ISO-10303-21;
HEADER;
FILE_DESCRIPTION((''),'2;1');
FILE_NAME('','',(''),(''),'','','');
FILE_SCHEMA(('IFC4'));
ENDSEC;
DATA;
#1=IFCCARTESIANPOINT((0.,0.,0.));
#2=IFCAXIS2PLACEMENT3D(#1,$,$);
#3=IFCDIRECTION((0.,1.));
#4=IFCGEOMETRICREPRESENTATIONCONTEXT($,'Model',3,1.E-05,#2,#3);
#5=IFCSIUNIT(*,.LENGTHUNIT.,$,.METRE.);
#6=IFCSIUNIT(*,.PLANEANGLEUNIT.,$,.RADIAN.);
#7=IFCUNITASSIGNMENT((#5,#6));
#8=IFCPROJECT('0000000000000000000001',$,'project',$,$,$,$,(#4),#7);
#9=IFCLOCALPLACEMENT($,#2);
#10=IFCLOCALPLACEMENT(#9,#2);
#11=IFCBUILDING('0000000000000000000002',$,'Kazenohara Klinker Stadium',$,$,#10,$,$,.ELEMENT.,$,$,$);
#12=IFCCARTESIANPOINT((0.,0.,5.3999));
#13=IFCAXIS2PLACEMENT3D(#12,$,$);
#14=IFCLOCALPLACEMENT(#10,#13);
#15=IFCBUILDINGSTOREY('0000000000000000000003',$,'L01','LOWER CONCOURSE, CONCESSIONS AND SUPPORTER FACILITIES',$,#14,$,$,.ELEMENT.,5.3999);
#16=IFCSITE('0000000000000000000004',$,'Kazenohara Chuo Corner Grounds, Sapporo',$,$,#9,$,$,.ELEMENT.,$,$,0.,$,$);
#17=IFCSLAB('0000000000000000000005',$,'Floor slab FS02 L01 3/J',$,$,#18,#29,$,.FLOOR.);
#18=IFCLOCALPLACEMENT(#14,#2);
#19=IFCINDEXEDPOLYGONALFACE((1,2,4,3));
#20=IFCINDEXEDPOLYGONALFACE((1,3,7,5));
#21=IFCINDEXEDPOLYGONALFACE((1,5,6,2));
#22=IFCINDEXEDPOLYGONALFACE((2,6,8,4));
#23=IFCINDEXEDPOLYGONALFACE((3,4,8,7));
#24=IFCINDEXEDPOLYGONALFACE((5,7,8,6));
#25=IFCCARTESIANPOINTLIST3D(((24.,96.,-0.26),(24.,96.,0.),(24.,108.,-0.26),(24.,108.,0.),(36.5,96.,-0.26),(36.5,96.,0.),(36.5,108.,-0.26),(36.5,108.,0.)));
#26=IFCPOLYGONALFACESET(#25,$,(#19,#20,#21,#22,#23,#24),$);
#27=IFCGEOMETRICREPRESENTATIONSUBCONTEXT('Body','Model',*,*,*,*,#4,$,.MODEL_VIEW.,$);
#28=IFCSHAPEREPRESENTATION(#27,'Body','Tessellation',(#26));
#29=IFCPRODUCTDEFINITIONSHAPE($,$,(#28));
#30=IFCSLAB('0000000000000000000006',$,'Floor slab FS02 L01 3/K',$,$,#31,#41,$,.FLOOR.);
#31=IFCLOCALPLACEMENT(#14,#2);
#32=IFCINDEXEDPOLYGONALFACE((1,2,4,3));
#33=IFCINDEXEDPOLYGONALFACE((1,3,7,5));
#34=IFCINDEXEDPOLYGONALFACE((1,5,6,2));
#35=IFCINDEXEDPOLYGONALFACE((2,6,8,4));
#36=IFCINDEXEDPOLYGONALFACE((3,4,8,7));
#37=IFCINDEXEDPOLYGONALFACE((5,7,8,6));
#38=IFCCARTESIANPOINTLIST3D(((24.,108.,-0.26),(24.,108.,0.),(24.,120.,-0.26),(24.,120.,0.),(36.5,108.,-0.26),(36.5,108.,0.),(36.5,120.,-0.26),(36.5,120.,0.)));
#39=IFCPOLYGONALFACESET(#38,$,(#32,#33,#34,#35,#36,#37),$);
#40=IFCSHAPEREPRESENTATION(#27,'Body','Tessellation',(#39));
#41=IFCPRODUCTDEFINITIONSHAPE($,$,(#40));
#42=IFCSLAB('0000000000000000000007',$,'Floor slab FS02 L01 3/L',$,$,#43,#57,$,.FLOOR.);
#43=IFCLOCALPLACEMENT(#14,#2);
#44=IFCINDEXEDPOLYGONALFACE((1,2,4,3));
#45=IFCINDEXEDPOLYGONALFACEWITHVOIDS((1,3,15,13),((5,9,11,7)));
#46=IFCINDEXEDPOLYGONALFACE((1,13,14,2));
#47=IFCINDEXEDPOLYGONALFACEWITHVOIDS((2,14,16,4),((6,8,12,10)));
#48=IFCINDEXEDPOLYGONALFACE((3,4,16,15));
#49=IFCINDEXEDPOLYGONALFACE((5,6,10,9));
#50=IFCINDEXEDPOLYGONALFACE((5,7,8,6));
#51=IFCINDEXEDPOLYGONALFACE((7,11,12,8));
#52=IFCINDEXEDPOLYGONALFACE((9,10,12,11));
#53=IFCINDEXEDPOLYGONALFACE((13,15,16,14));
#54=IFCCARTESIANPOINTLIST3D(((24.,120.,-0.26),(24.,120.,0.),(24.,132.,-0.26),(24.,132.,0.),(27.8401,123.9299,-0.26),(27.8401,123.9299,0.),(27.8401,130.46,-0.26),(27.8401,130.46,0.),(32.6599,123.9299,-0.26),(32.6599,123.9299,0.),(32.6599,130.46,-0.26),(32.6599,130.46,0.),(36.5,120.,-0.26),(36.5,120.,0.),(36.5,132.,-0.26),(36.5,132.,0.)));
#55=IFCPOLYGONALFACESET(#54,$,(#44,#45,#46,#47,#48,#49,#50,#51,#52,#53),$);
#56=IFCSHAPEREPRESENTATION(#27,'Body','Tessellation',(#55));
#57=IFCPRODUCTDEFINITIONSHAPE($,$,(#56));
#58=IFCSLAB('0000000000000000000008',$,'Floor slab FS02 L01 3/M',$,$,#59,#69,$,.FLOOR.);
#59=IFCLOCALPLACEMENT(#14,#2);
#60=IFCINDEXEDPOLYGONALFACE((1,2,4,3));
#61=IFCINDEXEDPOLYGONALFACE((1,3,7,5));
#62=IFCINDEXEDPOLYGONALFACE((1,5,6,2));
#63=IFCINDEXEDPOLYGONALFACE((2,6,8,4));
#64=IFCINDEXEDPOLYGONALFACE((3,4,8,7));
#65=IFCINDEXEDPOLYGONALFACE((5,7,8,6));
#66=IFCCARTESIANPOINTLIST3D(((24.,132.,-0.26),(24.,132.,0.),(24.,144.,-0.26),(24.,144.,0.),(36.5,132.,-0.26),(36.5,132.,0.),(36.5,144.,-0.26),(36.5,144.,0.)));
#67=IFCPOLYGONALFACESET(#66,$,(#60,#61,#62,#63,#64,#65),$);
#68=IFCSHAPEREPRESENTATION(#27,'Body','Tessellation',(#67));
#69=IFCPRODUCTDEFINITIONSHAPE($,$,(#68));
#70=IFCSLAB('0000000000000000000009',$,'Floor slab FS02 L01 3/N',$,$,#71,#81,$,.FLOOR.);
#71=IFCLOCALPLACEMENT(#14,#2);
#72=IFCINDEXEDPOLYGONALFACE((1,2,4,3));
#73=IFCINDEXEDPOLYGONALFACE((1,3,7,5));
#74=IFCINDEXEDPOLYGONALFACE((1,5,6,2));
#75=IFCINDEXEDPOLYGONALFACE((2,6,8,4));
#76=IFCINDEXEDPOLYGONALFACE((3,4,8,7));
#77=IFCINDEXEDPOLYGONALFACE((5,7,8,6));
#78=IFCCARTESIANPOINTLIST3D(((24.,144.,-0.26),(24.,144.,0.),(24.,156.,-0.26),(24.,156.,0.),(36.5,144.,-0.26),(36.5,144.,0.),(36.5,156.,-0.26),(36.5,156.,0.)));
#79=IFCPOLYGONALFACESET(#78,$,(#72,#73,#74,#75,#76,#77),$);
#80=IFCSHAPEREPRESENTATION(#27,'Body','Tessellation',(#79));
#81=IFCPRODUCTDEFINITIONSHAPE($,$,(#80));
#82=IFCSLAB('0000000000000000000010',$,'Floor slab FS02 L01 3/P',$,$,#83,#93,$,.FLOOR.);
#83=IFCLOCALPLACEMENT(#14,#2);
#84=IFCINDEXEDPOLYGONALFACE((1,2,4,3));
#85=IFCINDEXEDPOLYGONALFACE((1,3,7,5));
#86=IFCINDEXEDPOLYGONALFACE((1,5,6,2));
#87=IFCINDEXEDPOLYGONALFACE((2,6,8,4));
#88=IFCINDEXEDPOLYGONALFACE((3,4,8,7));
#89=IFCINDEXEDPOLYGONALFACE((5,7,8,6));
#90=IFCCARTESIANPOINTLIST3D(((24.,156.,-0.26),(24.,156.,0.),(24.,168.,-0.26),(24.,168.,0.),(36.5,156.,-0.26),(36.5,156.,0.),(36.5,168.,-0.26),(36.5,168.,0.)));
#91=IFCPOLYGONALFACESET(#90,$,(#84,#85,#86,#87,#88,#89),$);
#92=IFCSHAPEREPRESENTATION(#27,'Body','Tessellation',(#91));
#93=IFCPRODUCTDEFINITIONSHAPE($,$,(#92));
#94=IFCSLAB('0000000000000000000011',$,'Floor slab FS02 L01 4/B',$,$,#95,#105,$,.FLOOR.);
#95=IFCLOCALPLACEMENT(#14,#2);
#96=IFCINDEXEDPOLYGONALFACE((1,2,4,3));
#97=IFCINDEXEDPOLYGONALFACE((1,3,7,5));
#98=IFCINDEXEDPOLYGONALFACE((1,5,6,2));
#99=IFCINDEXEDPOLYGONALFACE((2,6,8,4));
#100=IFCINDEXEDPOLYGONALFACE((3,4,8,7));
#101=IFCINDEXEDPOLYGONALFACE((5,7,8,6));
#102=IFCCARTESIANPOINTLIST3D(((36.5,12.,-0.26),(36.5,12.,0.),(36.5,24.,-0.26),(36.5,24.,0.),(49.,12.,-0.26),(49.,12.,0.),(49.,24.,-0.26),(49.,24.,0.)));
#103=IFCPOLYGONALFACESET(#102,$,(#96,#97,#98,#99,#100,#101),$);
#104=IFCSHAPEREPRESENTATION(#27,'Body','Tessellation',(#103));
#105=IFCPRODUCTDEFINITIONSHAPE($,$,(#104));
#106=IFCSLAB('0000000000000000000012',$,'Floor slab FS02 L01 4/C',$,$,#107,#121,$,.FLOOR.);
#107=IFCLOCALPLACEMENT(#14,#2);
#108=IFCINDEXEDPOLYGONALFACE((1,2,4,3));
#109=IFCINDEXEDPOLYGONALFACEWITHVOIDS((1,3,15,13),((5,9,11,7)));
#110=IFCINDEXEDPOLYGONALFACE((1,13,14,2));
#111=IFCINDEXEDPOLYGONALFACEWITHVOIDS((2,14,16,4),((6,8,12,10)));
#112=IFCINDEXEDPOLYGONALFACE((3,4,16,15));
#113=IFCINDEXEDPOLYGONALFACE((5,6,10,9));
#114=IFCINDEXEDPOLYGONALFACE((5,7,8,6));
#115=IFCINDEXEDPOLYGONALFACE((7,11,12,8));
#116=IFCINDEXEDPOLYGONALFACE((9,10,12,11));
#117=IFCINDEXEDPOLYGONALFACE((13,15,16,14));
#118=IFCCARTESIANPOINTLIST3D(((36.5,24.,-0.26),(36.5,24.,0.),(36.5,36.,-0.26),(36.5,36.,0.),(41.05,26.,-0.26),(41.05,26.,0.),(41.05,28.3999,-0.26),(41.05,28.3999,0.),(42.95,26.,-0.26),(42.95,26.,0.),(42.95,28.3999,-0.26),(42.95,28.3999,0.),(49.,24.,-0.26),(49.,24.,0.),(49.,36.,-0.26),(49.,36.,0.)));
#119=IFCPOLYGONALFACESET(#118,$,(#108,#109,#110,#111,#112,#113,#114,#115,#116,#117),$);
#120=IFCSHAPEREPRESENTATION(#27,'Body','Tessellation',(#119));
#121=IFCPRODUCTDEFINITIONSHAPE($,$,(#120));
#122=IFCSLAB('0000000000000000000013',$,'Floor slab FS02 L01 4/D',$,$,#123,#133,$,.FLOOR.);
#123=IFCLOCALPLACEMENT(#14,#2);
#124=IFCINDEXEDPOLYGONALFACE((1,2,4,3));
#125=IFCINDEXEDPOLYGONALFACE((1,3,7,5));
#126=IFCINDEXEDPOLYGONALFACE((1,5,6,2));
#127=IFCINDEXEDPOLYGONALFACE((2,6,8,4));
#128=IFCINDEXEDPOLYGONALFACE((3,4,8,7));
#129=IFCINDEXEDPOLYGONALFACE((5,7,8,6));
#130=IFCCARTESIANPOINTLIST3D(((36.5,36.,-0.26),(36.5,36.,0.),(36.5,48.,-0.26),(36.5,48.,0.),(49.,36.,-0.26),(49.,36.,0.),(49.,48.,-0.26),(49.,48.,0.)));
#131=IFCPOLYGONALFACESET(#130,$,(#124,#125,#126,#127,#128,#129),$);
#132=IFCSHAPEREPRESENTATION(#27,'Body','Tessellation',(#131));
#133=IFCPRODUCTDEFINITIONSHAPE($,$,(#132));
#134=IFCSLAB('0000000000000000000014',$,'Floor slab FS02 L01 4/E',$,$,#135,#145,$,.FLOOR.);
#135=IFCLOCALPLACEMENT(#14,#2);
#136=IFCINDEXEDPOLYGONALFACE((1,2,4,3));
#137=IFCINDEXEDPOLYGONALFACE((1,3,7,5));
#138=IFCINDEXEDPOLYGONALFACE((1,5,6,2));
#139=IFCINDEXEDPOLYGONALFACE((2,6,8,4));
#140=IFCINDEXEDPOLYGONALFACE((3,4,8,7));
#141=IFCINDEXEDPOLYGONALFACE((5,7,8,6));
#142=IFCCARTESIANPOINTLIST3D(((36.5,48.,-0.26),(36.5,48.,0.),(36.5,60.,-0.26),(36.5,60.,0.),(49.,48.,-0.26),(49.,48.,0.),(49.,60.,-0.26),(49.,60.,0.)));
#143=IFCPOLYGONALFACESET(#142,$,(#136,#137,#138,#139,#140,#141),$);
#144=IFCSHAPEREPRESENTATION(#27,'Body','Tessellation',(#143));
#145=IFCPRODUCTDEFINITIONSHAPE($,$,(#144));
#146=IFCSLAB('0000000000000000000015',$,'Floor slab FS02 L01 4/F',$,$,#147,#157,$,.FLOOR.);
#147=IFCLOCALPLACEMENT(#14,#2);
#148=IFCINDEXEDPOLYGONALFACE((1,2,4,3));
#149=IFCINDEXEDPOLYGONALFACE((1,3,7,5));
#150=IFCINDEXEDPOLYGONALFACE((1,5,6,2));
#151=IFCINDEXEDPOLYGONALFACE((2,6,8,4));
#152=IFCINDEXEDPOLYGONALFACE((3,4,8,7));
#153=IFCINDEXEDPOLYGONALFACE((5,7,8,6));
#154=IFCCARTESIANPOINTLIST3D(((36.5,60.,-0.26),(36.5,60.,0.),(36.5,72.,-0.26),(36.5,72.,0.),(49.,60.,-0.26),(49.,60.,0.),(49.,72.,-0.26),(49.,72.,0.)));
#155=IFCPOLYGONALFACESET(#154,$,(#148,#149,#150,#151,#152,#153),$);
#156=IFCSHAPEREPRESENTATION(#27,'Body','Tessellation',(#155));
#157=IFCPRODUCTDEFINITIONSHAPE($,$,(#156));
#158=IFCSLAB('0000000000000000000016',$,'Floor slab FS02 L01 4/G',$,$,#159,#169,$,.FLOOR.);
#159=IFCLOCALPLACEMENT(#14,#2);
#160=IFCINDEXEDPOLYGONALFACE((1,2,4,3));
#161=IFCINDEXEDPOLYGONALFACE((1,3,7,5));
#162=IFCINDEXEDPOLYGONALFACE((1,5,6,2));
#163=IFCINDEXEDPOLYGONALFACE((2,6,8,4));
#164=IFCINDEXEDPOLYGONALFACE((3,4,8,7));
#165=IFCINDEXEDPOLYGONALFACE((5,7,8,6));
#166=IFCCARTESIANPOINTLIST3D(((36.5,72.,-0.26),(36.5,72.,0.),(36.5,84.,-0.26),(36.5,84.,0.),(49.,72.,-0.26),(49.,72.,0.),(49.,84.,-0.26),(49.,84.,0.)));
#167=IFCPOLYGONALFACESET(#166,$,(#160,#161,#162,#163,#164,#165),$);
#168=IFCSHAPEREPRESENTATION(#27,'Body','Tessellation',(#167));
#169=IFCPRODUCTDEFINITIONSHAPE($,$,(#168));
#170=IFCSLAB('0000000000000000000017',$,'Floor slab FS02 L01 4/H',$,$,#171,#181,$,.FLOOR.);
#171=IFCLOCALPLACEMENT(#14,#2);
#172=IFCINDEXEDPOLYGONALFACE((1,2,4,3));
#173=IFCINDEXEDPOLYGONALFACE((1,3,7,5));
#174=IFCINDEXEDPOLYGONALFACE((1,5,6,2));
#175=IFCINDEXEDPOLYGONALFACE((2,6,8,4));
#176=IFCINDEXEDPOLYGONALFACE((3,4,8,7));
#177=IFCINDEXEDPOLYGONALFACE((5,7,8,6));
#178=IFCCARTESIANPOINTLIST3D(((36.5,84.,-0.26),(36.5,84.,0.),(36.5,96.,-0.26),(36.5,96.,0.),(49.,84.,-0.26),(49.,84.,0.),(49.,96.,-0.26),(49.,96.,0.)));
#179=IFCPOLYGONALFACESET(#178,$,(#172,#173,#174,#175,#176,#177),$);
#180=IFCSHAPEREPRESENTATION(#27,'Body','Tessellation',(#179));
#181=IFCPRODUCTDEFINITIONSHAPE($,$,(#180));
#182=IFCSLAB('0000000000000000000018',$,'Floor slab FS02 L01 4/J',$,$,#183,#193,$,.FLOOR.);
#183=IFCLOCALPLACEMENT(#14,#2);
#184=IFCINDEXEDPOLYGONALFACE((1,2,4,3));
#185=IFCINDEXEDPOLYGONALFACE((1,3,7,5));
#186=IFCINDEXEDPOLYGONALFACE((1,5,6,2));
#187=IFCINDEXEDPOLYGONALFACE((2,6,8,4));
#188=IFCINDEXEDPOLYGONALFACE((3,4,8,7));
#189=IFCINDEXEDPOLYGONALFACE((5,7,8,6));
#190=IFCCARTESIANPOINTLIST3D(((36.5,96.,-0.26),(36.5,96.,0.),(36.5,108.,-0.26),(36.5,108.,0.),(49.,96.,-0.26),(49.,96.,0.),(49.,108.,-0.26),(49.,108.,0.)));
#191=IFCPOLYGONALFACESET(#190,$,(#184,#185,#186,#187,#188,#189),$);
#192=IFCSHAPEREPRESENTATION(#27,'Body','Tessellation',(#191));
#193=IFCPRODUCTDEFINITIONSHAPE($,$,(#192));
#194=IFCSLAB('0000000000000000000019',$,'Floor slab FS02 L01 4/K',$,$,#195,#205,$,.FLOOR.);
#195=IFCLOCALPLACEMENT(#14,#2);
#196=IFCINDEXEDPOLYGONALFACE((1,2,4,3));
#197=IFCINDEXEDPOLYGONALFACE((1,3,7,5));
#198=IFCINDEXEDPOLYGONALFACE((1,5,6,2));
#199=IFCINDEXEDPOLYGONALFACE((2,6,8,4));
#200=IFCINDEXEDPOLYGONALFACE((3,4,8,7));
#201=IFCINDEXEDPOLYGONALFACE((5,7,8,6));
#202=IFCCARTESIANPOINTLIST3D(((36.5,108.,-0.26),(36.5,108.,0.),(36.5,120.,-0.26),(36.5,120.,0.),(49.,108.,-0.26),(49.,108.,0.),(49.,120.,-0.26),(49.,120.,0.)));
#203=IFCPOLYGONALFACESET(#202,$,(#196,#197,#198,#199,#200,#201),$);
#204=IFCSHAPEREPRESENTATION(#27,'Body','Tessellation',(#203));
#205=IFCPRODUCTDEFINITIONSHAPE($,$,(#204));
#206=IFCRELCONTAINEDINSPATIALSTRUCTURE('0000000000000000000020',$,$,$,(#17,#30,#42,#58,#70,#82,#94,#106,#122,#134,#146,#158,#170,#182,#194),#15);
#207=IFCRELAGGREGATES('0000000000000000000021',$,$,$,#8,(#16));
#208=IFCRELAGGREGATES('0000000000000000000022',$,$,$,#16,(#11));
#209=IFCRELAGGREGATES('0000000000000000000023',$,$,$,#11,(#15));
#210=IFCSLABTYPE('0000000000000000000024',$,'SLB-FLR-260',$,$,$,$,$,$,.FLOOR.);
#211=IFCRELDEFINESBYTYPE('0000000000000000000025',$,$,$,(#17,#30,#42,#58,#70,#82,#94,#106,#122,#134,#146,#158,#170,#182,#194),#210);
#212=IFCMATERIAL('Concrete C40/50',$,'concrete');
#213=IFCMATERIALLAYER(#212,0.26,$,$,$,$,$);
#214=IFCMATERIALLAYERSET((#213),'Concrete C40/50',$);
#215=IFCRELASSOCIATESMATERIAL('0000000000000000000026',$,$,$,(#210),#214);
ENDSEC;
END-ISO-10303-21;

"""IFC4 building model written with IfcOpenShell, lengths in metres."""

from ifc_helpers import new_model, si_unit, direction, frame, origin, place, context, subcontext, project, spatial, polyline, outline, extrude, material, layer, layer_set, type_object, element, save


model = new_model("IFC4")

# Units and contexts
model_context = context("Model", 3, precision=1e-05, world=origin(), true_north=direction((0.0, 1.0)))
body_context = subcontext(model_context, "Body", "Model", "MODEL_VIEW")
ifc_project = project(units=[si_unit("LENGTHUNIT", "METRE"), si_unit("PLANEANGLEUNIT", "RADIAN")], contexts=[model_context])

# Site, building, storey
site_placement = place(None, origin())
site = spatial("IfcSite", under=ifc_project, at=site_placement, Name="Kazenohara Chuo Corner Grounds, Sapporo", CompositionType="ELEMENT", RefElevation=0.0)
building_placement = place(site_placement, origin())
building = spatial("IfcBuilding", under=site, at=building_placement, Name="Kazenohara Klinker Stadium", CompositionType="ELEMENT")
storey_placement = place(building_placement, frame((0.0, 0.0, 5.3999)))
storey = spatial("IfcBuildingStorey", under=building, at=storey_placement, Name="L01", Description="LOWER CONCOURSE, CONCESSIONS AND SUPPORTER FACILITIES", CompositionType="ELEMENT", Elevation=5.3999)

# Slabs
ifc_material = material(Name="Concrete C40/50", Category="concrete")
ifc_layer = layer(ifc_material, 0.26)
ifc_layer_set = layer_set([ifc_layer], Name="Concrete C40/50")
slab_type = type_object("IfcSlabType", Name="SLB-FLR-260", PredefinedType="FLOOR", material=ifc_layer_set)
slab_1_placement = place(storey_placement, frame((0.0, 0.0, -0.26)))
element("IfcSlab", 1, at=slab_1_placement, inside=storey, type_object=slab_type, Name="Floor slab FS02 L01 3/J", PredefinedType="FLOOR", context=body_context, shape_type="SweptSolid", body=[
    extrude(outline(polyline([(24.0, 96.0), (36.5, 96.0), (36.5, 108.0), (24.0, 108.0), (24.0, 96.0)])), origin(), (0.0, 0.0, 1.0), 0.26),
])
slab_2_placement = place(storey_placement, frame((0.0, 0.0, -0.26)))
element("IfcSlab", 2, at=slab_2_placement, inside=storey, type_object=slab_type, Name="Floor slab FS02 L01 3/K", PredefinedType="FLOOR", context=body_context, shape_type="SweptSolid", body=[
    extrude(outline(polyline([(24.0, 108.0), (36.5, 108.0), (36.5, 120.0), (24.0, 120.0), (24.0, 108.0)])), origin(), (0.0, 0.0, 1.0), 0.26),
])
slab_3_placement = place(storey_placement, frame((0.0, 0.0, -0.26)))
element("IfcSlab", 3, at=slab_3_placement, inside=storey, type_object=slab_type, Name="Floor slab FS02 L01 3/L", PredefinedType="FLOOR", context=body_context, shape_type="SweptSolid", body=[
    extrude(outline(polyline([(24.0, 120.0), (36.5, 120.0), (36.5, 132.0), (24.0, 132.0), (24.0, 120.0)]), holes=[polyline([(32.6599, 123.9299), (32.6599, 130.46), (27.8401, 130.46), (27.8401, 123.9299), (32.6599, 123.9299)])]), origin(), (0.0, 0.0, 1.0), 0.26),
])
slab_4_placement = place(storey_placement, frame((0.0, 0.0, -0.26)))
element("IfcSlab", 4, at=slab_4_placement, inside=storey, type_object=slab_type, Name="Floor slab FS02 L01 3/M", PredefinedType="FLOOR", context=body_context, shape_type="SweptSolid", body=[
    extrude(outline(polyline([(24.0, 132.0), (36.5, 132.0), (36.5, 144.0), (24.0, 144.0), (24.0, 132.0)])), origin(), (0.0, 0.0, 1.0), 0.26),
])
slab_5_placement = place(storey_placement, frame((0.0, 0.0, -0.26)))
element("IfcSlab", 5, at=slab_5_placement, inside=storey, type_object=slab_type, Name="Floor slab FS02 L01 3/N", PredefinedType="FLOOR", context=body_context, shape_type="SweptSolid", body=[
    extrude(outline(polyline([(24.0, 144.0), (36.5, 144.0), (36.5, 156.0), (24.0, 156.0), (24.0, 144.0)])), origin(), (0.0, 0.0, 1.0), 0.26),
])
slab_6_placement = place(storey_placement, frame((0.0, 0.0, -0.26)))
element("IfcSlab", 6, at=slab_6_placement, inside=storey, type_object=slab_type, Name="Floor slab FS02 L01 3/P", PredefinedType="FLOOR", context=body_context, shape_type="SweptSolid", body=[
    extrude(outline(polyline([(24.0, 156.0), (36.5, 156.0), (36.5, 168.0), (24.0, 168.0), (24.0, 156.0)])), origin(), (0.0, 0.0, 1.0), 0.26),
])
slab_7_placement = place(storey_placement, frame((0.0, 0.0, -0.26)))
element("IfcSlab", 7, at=slab_7_placement, inside=storey, type_object=slab_type, Name="Floor slab FS02 L01 4/B", PredefinedType="FLOOR", context=body_context, shape_type="SweptSolid", body=[
    extrude(outline(polyline([(36.5, 12.0), (49.0, 12.0), (49.0, 24.0), (36.5, 24.0), (36.5, 12.0)])), origin(), (0.0, 0.0, 1.0), 0.26),
])
slab_8_placement = place(storey_placement, frame((0.0, 0.0, -0.26)))
element("IfcSlab", 8, at=slab_8_placement, inside=storey, type_object=slab_type, Name="Floor slab FS02 L01 4/C", PredefinedType="FLOOR", context=body_context, shape_type="SweptSolid", body=[
    extrude(outline(polyline([(36.5, 24.0), (49.0, 24.0), (49.0, 36.0), (36.5, 36.0), (36.5, 24.0)]), holes=[polyline([(41.05, 26.0), (42.95, 26.0), (42.95, 28.3999), (41.05, 28.3999), (41.05, 26.0)])]), origin(), (0.0, 0.0, 1.0), 0.26),
])
slab_9_placement = place(storey_placement, frame((0.0, 0.0, -0.26)))
element("IfcSlab", 9, at=slab_9_placement, inside=storey, type_object=slab_type, Name="Floor slab FS02 L01 4/D", PredefinedType="FLOOR", context=body_context, shape_type="SweptSolid", body=[
    extrude(outline(polyline([(36.5, 36.0), (49.0, 36.0), (49.0, 48.0), (36.5, 48.0), (36.5, 36.0)])), origin(), (0.0, 0.0, 1.0), 0.26),
])
slab_10_placement = place(storey_placement, frame((0.0, 0.0, -0.26)))
element("IfcSlab", 10, at=slab_10_placement, inside=storey, type_object=slab_type, Name="Floor slab FS02 L01 4/E", PredefinedType="FLOOR", context=body_context, shape_type="SweptSolid", body=[
    extrude(outline(polyline([(36.5, 48.0), (49.0, 48.0), (49.0, 60.0), (36.5, 60.0), (36.5, 48.0)])), origin(), (0.0, 0.0, 1.0), 0.26),
])
slab_11_placement = place(storey_placement, frame((0.0, 0.0, -0.26)))
element("IfcSlab", 11, at=slab_11_placement, inside=storey, type_object=slab_type, Name="Floor slab FS02 L01 4/F", PredefinedType="FLOOR", context=body_context, shape_type="SweptSolid", body=[
    extrude(outline(polyline([(36.5, 60.0), (49.0, 60.0), (49.0, 72.0), (36.5, 72.0), (36.5, 60.0)])), origin(), (0.0, 0.0, 1.0), 0.26),
])
slab_12_placement = place(storey_placement, frame((0.0, 0.0, -0.26)))
element("IfcSlab", 12, at=slab_12_placement, inside=storey, type_object=slab_type, Name="Floor slab FS02 L01 4/G", PredefinedType="FLOOR", context=body_context, shape_type="SweptSolid", body=[
    extrude(outline(polyline([(36.5, 72.0), (49.0, 72.0), (49.0, 84.0), (36.5, 84.0), (36.5, 72.0)])), origin(), (0.0, 0.0, 1.0), 0.26),
])
slab_13_placement = place(storey_placement, frame((0.0, 0.0, -0.26)))
element("IfcSlab", 13, at=slab_13_placement, inside=storey, type_object=slab_type, Name="Floor slab FS02 L01 4/H", PredefinedType="FLOOR", context=body_context, shape_type="SweptSolid", body=[
    extrude(outline(polyline([(36.5, 84.0), (49.0, 84.0), (49.0, 96.0), (36.5, 96.0), (36.5, 84.0)])), origin(), (0.0, 0.0, 1.0), 0.26),
])
slab_14_placement = place(storey_placement, frame((0.0, 0.0, -0.26)))
element("IfcSlab", 14, at=slab_14_placement, inside=storey, type_object=slab_type, Name="Floor slab FS02 L01 4/J", PredefinedType="FLOOR", context=body_context, shape_type="SweptSolid", body=[
    extrude(outline(polyline([(36.5, 96.0), (49.0, 96.0), (49.0, 108.0), (36.5, 108.0), (36.5, 96.0)])), origin(), (0.0, 0.0, 1.0), 0.26),
])
slab_15_placement = place(storey_placement, frame((0.0, 0.0, -0.26)))
element("IfcSlab", 15, at=slab_15_placement, inside=storey, type_object=slab_type, Name="Floor slab FS02 L01 4/K", PredefinedType="FLOOR", context=body_context, shape_type="SweptSolid", body=[
    extrude(outline(polyline([(36.5, 108.0), (49.0, 108.0), (49.0, 120.0), (36.5, 120.0), (36.5, 108.0)])), origin(), (0.0, 0.0, 1.0), 0.26),
])

save(model, "model.ifc")
